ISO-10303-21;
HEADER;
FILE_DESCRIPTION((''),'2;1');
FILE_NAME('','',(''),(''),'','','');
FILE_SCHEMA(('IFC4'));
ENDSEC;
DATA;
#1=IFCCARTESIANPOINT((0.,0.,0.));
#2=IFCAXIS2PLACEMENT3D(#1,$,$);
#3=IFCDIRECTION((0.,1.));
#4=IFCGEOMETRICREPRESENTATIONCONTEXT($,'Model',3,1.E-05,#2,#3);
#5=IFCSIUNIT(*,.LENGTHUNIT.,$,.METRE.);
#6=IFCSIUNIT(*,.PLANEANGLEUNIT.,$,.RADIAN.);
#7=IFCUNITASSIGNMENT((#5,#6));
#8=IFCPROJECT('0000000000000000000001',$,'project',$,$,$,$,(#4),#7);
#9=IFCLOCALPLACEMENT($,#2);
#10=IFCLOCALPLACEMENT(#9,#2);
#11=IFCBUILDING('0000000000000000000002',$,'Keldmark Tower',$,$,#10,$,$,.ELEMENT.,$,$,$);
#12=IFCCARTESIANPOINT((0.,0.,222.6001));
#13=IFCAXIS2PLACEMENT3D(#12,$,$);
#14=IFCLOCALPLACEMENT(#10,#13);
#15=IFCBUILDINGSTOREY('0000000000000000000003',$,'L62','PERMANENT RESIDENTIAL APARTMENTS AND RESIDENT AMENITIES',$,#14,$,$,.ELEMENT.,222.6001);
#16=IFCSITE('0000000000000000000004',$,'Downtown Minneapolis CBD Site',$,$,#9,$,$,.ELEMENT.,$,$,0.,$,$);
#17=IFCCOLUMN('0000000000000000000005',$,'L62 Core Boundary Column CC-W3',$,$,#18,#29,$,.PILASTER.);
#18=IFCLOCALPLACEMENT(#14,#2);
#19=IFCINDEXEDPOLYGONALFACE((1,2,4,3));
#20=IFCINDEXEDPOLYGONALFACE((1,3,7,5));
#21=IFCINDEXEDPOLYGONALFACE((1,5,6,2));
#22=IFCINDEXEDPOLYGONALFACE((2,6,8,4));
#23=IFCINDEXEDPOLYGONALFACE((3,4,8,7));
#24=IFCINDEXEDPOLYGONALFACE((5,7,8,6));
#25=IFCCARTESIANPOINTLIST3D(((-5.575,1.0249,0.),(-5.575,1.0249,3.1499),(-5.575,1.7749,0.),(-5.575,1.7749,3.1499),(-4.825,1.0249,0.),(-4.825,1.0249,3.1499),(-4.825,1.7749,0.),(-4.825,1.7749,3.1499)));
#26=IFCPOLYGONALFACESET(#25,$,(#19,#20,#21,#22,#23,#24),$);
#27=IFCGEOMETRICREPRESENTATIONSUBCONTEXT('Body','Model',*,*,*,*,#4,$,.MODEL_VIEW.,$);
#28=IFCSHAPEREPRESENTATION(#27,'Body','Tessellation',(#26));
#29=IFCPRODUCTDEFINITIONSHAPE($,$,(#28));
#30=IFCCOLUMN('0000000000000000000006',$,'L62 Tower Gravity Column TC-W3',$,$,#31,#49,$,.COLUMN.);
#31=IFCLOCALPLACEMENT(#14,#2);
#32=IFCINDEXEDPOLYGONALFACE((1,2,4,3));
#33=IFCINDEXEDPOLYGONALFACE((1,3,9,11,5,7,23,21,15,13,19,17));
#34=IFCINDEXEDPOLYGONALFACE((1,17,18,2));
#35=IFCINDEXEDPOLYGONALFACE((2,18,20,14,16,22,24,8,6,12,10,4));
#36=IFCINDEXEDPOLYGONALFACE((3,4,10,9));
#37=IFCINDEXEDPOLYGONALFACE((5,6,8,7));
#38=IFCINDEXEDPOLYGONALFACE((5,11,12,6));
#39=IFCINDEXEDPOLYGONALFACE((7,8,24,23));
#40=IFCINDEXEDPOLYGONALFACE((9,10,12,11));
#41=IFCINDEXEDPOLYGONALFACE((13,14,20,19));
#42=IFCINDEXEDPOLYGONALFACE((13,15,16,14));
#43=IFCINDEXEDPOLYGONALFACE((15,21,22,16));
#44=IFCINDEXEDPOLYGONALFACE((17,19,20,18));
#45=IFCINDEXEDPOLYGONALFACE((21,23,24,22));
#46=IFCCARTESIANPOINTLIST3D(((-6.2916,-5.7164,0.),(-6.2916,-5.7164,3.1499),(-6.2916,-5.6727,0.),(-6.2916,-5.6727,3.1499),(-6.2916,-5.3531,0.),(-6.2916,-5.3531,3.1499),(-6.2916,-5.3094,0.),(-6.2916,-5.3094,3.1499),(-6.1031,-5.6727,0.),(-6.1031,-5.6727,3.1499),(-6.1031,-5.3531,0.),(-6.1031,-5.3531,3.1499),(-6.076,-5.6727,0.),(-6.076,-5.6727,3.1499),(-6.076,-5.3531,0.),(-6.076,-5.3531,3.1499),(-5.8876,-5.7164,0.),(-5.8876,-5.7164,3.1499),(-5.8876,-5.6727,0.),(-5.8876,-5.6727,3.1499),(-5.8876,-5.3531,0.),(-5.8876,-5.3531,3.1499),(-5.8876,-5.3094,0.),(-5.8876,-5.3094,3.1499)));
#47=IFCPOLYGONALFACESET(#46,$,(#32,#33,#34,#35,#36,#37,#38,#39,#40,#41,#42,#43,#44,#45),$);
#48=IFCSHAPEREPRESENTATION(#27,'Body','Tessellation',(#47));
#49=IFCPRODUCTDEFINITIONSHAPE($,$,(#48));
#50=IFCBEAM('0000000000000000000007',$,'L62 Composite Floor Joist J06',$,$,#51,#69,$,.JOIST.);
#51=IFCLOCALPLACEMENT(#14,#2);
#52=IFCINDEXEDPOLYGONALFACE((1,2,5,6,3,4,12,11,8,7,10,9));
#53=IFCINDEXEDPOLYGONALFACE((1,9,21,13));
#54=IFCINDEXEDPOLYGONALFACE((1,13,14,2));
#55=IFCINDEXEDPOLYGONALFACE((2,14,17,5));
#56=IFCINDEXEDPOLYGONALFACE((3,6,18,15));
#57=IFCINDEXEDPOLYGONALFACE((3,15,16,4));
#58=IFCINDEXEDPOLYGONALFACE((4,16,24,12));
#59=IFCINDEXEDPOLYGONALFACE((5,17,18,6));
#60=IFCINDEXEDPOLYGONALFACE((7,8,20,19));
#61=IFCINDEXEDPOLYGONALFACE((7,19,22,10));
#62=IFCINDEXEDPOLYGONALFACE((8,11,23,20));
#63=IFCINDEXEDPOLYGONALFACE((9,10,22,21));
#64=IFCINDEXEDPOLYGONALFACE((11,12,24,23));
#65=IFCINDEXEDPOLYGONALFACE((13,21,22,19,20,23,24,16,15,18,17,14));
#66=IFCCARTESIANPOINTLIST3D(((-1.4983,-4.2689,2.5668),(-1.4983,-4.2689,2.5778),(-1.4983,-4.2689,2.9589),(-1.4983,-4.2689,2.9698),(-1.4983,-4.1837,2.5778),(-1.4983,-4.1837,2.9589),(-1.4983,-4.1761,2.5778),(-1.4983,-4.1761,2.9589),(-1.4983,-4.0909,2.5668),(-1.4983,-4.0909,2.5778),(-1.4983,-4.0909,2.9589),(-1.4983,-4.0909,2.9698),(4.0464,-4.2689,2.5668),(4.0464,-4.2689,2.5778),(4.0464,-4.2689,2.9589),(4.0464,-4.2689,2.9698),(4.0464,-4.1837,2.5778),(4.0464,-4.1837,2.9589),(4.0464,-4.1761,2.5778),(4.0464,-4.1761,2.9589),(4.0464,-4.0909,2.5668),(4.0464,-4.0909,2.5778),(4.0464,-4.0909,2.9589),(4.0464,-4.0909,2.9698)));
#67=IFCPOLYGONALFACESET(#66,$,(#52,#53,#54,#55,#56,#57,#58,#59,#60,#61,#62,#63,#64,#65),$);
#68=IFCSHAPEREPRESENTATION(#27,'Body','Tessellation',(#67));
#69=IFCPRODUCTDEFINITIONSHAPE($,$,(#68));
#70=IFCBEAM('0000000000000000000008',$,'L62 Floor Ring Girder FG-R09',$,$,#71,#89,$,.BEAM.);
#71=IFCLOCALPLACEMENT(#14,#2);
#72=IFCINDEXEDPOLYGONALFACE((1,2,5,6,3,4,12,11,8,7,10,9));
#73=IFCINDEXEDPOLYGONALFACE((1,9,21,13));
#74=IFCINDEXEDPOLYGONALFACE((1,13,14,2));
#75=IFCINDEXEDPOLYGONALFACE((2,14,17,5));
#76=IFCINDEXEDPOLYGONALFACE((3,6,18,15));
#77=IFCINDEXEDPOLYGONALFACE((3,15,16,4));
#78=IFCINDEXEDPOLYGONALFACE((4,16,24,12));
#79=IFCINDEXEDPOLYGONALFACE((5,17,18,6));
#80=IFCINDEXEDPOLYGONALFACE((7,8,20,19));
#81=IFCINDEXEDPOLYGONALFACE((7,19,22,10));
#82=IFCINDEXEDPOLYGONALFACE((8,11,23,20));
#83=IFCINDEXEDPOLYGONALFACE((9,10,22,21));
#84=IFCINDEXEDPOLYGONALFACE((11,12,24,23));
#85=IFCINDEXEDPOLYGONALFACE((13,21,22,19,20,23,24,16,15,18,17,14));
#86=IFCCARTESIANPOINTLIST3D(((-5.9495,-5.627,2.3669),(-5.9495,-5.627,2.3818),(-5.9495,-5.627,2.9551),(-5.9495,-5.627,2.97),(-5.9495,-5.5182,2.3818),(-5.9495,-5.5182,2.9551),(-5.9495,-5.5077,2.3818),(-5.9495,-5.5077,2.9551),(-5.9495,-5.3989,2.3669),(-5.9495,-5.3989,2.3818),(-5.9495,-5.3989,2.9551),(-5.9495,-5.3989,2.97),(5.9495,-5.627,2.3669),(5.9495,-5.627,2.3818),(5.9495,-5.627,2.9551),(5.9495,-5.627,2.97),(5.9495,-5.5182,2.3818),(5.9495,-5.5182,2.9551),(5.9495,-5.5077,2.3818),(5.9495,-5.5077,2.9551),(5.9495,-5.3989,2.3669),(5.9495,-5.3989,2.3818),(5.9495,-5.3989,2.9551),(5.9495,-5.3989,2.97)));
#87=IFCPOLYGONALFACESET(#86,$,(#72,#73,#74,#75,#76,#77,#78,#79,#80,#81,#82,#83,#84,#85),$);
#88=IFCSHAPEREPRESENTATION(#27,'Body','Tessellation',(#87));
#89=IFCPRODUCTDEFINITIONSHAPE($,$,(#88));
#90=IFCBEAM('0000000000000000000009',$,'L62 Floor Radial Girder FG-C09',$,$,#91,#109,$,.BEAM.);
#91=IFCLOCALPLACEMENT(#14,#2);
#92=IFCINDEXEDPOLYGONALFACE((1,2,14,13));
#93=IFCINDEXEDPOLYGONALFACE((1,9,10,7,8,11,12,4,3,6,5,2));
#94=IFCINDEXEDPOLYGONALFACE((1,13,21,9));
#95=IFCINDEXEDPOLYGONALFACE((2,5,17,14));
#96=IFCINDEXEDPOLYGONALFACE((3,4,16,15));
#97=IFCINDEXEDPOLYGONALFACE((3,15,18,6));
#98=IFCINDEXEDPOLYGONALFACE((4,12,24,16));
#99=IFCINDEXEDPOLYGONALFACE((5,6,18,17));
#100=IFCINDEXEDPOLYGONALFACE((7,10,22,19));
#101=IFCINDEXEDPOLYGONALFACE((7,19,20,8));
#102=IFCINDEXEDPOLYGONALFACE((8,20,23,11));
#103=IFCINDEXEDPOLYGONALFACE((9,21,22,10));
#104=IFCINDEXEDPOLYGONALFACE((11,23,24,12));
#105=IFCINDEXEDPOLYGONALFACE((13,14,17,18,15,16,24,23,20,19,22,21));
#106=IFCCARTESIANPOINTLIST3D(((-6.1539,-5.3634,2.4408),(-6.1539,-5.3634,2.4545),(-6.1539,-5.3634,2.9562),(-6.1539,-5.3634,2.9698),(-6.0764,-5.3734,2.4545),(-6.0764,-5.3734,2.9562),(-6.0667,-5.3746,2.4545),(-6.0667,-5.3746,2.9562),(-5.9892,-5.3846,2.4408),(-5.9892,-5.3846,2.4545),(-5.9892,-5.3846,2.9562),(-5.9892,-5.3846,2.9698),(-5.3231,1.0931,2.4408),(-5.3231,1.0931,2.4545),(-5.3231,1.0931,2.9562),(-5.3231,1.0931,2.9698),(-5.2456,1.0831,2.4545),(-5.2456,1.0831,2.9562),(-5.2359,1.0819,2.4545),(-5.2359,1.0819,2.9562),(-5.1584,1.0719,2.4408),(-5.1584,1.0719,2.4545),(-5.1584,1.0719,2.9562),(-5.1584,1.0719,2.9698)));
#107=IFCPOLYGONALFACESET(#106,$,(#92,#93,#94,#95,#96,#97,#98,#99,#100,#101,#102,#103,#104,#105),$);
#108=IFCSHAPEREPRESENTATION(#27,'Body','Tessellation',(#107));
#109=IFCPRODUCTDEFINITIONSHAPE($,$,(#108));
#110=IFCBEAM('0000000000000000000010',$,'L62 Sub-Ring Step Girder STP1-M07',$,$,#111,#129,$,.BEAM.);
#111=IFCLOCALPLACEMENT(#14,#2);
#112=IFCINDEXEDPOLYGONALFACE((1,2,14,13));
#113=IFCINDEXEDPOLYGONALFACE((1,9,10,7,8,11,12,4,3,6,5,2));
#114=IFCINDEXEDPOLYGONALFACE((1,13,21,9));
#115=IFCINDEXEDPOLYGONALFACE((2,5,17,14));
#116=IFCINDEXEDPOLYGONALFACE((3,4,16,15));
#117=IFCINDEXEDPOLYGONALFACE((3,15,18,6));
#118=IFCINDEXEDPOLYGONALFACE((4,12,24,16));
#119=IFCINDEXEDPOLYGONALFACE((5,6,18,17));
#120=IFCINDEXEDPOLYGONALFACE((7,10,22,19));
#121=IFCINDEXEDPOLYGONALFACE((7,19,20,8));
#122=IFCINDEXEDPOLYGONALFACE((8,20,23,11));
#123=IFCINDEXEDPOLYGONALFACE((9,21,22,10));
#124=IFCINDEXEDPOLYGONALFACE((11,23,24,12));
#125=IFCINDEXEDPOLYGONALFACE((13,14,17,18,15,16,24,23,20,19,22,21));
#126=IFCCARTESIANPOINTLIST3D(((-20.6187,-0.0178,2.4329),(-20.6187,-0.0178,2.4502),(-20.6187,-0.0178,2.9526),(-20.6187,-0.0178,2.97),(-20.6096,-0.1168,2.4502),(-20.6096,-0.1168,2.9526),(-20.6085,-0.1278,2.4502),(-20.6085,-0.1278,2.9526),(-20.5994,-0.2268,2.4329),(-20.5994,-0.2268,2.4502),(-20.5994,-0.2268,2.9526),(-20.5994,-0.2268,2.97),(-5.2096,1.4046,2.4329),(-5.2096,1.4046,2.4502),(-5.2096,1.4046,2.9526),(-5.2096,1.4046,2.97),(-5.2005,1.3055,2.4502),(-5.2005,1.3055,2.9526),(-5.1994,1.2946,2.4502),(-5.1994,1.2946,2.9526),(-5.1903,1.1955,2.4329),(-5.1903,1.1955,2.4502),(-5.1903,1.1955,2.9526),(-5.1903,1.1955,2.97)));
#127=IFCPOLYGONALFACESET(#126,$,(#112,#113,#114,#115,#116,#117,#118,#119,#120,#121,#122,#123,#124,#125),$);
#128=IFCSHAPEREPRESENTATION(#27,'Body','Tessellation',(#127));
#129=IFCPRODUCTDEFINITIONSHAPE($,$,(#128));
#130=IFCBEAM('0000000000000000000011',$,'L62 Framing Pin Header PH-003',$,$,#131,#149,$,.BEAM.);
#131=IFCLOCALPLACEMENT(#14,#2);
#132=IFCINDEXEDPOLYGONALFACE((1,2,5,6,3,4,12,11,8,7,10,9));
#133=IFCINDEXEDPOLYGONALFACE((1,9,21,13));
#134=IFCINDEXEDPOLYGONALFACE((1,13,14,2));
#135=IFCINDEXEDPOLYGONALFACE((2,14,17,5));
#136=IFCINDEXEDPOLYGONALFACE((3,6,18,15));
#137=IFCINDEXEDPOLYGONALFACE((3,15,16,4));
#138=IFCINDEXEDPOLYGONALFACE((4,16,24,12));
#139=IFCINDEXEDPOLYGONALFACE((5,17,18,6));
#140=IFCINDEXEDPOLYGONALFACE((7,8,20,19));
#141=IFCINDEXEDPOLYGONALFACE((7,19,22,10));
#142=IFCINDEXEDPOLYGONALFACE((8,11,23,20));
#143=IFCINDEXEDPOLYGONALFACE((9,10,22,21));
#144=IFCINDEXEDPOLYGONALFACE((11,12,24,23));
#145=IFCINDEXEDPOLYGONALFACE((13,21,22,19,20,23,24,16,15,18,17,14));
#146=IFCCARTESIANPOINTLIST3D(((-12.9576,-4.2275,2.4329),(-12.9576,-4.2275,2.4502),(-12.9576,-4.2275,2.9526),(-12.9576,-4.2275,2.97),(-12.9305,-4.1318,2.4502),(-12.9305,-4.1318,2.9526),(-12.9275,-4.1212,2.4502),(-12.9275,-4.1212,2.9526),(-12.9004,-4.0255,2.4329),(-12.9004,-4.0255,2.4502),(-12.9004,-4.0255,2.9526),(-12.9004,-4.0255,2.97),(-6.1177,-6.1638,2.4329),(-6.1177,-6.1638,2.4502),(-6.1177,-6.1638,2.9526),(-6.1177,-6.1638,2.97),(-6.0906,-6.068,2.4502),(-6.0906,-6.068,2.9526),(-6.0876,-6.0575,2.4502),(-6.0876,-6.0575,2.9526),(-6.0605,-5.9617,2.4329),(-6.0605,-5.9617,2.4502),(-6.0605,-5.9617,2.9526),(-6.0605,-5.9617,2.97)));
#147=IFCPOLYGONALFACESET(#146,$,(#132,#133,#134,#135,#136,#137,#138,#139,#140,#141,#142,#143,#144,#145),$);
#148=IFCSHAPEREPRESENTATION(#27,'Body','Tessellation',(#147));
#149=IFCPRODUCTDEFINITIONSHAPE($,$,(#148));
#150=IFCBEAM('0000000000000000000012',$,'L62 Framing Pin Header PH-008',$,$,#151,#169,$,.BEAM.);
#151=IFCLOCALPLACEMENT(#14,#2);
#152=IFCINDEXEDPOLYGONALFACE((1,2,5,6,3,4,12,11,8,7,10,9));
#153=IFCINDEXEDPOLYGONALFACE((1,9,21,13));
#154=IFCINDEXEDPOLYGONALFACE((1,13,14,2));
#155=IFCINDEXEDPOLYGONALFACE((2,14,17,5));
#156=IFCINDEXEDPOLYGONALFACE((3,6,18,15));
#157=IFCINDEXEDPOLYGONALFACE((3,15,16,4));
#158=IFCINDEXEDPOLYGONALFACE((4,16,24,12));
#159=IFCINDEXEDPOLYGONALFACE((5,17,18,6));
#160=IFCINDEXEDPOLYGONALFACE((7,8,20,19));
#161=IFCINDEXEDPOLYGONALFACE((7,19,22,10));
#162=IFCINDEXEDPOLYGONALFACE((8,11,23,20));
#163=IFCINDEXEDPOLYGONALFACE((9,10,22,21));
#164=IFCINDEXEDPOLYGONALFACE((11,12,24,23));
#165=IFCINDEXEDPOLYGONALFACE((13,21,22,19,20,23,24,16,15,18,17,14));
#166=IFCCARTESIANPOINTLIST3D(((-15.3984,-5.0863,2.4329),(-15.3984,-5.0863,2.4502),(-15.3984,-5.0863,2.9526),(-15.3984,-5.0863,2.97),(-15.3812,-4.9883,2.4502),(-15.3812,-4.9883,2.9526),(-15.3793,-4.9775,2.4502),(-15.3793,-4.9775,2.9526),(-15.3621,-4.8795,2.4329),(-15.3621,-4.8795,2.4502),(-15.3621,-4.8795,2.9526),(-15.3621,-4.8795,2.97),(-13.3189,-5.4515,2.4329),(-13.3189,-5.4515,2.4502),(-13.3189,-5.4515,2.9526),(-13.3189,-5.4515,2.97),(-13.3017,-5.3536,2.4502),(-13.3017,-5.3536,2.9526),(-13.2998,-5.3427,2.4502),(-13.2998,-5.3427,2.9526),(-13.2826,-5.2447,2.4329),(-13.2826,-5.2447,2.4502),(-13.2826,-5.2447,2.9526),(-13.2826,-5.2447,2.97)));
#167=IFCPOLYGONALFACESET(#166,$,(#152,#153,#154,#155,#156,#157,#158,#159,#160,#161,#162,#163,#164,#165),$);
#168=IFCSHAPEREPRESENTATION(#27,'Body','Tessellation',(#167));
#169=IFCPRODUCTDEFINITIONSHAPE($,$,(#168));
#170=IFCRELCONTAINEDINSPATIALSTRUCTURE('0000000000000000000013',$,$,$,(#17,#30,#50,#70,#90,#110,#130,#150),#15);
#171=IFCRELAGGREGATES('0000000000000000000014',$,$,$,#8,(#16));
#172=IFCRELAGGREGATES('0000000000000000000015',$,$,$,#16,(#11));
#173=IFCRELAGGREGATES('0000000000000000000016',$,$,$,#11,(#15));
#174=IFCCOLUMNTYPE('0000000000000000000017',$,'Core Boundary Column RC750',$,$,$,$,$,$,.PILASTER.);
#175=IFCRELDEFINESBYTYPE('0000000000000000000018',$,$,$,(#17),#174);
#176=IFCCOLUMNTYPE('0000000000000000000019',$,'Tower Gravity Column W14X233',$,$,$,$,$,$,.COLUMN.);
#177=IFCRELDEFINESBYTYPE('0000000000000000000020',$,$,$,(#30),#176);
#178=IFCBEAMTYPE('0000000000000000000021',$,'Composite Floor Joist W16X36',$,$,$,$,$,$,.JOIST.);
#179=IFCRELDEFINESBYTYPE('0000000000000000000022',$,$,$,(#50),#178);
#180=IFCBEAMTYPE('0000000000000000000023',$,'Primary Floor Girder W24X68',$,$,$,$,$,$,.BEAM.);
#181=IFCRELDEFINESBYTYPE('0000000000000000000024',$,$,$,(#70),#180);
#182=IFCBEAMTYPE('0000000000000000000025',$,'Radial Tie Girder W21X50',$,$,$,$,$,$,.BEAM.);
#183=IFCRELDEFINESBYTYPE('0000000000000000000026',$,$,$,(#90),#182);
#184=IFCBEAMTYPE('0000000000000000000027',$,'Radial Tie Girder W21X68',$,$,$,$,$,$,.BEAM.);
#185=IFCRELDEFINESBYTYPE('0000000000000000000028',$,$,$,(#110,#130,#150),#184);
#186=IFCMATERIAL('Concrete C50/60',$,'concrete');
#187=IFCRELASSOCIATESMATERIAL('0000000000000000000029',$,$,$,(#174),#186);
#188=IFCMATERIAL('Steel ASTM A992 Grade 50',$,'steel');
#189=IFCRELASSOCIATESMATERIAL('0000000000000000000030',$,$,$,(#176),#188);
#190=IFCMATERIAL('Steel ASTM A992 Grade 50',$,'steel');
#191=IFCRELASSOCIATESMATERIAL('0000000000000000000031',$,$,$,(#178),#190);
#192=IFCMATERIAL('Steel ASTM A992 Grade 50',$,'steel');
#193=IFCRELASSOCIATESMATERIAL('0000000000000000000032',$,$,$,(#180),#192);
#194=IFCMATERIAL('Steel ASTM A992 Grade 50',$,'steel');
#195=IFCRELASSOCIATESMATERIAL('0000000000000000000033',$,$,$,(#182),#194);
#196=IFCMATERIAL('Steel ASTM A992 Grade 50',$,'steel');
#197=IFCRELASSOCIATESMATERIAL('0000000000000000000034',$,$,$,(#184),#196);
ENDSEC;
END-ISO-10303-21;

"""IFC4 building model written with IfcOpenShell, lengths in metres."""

from ifc_helpers import new_model, si_unit, direction, frame, origin, origin_2d, place, context, subcontext, project, spatial, rectangle, i_section, extrude, material, material_profile, profile_set, type_object, element, save


model = new_model("IFC4")

# Units and contexts
model_context = context("Model", 3, precision=1e-05, world=origin(), true_north=direction((0.0, 1.0)))
body_context = subcontext(model_context, "Body", "Model", "MODEL_VIEW")
ifc_project = project(units=[si_unit("LENGTHUNIT", "METRE"), si_unit("PLANEANGLEUNIT", "RADIAN")], contexts=[model_context])

# Site, building, storey
site_placement = place(None, origin())
site = spatial("IfcSite", under=ifc_project, at=site_placement, Name="Downtown Minneapolis CBD Site", CompositionType="ELEMENT", RefElevation=0.0)
building_placement = place(site_placement, origin())
building = spatial("IfcBuilding", under=site, at=building_placement, Name="Keldmark Tower", CompositionType="ELEMENT")
storey_placement = place(building_placement, frame((0.0, 0.0, 222.6001)))
storey = spatial("IfcBuildingStorey", under=building, at=storey_placement, Name="L62", Description="PERMANENT RESIDENTIAL APARTMENTS AND RESIDENT AMENITIES", CompositionType="ELEMENT", Elevation=222.6001)

# Columns
ifc_material_1 = material(Name="Concrete C50/60", Category="concrete")
ifc_material_profile_1 = material_profile(ifc_material_1, rectangle(XDim=0.75, YDim=0.75, at=origin_2d()), Name="RC750X750")
ifc_profile_set_1 = profile_set([ifc_material_profile_1], Name="Concrete C50/60")
column_type_1 = type_object("IfcColumnType", Name="Core Boundary Column RC750", PredefinedType="PILASTER", material=ifc_profile_set_1)
column_1_placement = place(storey_placement, frame((-5.2, 1.3999, 0.0), z_axis=(0.0, 0.0, 1.0), x_axis=(1.0, 0.0, 0.0)))
element("IfcColumn", 1, at=column_1_placement, inside=storey, type_object=column_type_1, Name="L62 Core Boundary Column CC-W3", PredefinedType="PILASTER", context=body_context, shape_type="SweptSolid", body=[
    extrude(rectangle(XDim=0.75, YDim=0.75, at=origin_2d()), origin(), (0.0, 0.0, 1.0), 3.1499),
])
ifc_material_2 = material(Name="Steel ASTM A992 Grade 50", Category="steel")
ifc_material_profile_2 = material_profile(ifc_material_2, i_section(OverallWidth=0.4041, OverallDepth=0.407, WebThickness=0.0271, FlangeThickness=0.0437, at=origin_2d()), Name="W14X233")
ifc_profile_set_2 = profile_set([ifc_material_profile_2], Name="Steel ASTM A992 Grade 50")
column_type_2 = type_object("IfcColumnType", Name="Tower Gravity Column W14X233", PredefinedType="COLUMN", material=ifc_profile_set_2)
column_2_placement = place(storey_placement, frame((-6.0896, -5.5129, 0.0), z_axis=(0.0, 0.0, 1.0), x_axis=(1.0, 0.0, 0.0)))
element("IfcColumn", 2, at=column_2_placement, inside=storey, type_object=column_type_2, Name="L62 Tower Gravity Column TC-W3", PredefinedType="COLUMN", context=body_context, shape_type="SweptSolid", body=[
    extrude(i_section(OverallWidth=0.4041, OverallDepth=0.407, WebThickness=0.0271, FlangeThickness=0.0437, at=origin_2d()), origin(), (0.0, 0.0, 1.0), 3.1499),
])

# Beams
ifc_material_3 = material(Name="Steel ASTM A992 Grade 50", Category="steel")
ifc_material_profile_3 = material_profile(ifc_material_3, i_section(OverallWidth=0.178, OverallDepth=0.4031, WebThickness=0.0076, FlangeThickness=0.011, at=origin_2d()), Name="W16X36")
ifc_profile_set_3 = profile_set([ifc_material_profile_3], Name="Steel ASTM A992 Grade 50")
beam_type_1 = type_object("IfcBeamType", Name="Composite Floor Joist W16X36", PredefinedType="JOIST", material=ifc_profile_set_3)
beam_1_placement = place(storey_placement, frame((-1.4983, -4.1799, 2.7683), z_axis=(1.0, 0.0, 0.0), x_axis=(0.0, 1.0, 0.0)))
element("IfcBeam", 3, at=beam_1_placement, inside=storey, type_object=beam_type_1, Name="L62 Composite Floor Joist J06", PredefinedType="JOIST", context=body_context, shape_type="SweptSolid", body=[
    extrude(i_section(OverallWidth=0.178, OverallDepth=0.4031, WebThickness=0.0076, FlangeThickness=0.011, at=origin_2d()), origin(), (0.0, 0.0, 1.0), 5.5447),
])
ifc_material_4 = material(Name="Steel ASTM A992 Grade 50", Category="steel")
ifc_material_profile_4 = material_profile(ifc_material_4, i_section(OverallWidth=0.228, OverallDepth=0.603, WebThickness=0.0105, FlangeThickness=0.0149, at=origin_2d()), Name="W24X68")
ifc_profile_set_4 = profile_set([ifc_material_profile_4], Name="Steel ASTM A992 Grade 50")
beam_type_2 = type_object("IfcBeamType", Name="Primary Floor Girder W24X68", PredefinedType="BEAM", material=ifc_profile_set_4)
beam_2_placement = place(storey_placement, frame((-5.9495, -5.5129, 2.6685), z_axis=(1.0, 0.0, 0.0), x_axis=(0.0, 1.0, 0.0)))
element("IfcBeam", 4, at=beam_2_placement, inside=storey, type_object=beam_type_2, Name="L62 Floor Ring Girder FG-R09", PredefinedType="BEAM", context=body_context, shape_type="SweptSolid", body=[
    extrude(i_section(OverallWidth=0.228, OverallDepth=0.603, WebThickness=0.0105, FlangeThickness=0.0149, at=origin_2d()), origin(), (0.0, 0.0, 1.0), 11.8989),
])
ifc_material_5 = material(Name="Steel ASTM A992 Grade 50", Category="steel")
ifc_material_profile_5 = material_profile(ifc_material_5, i_section(OverallWidth=0.166, OverallDepth=0.5291, WebThickness=0.0098, FlangeThickness=0.0137, at=origin_2d()), Name="W21X50")
ifc_profile_set_5 = profile_set([ifc_material_profile_5], Name="Steel ASTM A992 Grade 50")
beam_type_3 = type_object("IfcBeamType", Name="Radial Tie Girder W21X50", PredefinedType="BEAM", material=ifc_profile_set_5)
beam_3_placement = place(storey_placement, frame((-6.0715, -5.374, 2.7053), z_axis=(0.127625, 0.991822, 0.0), x_axis=(-0.991822, 0.127625, 0.0)))
element("IfcBeam", 5, at=beam_3_placement, inside=storey, type_object=beam_type_3, Name="L62 Floor Radial Girder FG-C09", PredefinedType="BEAM", context=body_context, shape_type="SweptSolid", body=[
    extrude(i_section(OverallWidth=0.166, OverallDepth=0.5291, WebThickness=0.0098, FlangeThickness=0.0137, at=origin_2d()), origin(), (0.0, 0.0, 1.0), 6.5098),
])
ifc_material_6 = material(Name="Steel ASTM A992 Grade 50", Category="steel")
ifc_material_profile_6 = material_profile(ifc_material_6, i_section(OverallWidth=0.21, OverallDepth=0.5371, WebThickness=0.011, FlangeThickness=0.0173, at=origin_2d()), Name="W21X68")
ifc_profile_set_6 = profile_set([ifc_material_profile_6], Name="Steel ASTM A992 Grade 50")
beam_type_4 = type_object("IfcBeamType", Name="Radial Tie Girder W21X68", PredefinedType="BEAM", material=ifc_profile_set_6)
beam_4_placement = place(storey_placement, frame((-5.2, 1.3, 2.7014), z_axis=(-0.995767, -0.091915, 0.0), x_axis=(0.091915, -0.995767, 0.0)))
element("IfcBeam", 6, at=beam_4_placement, inside=storey, type_object=beam_type_4, Name="L62 Sub-Ring Step Girder STP1-M07", PredefinedType="BEAM", context=body_context, shape_type="SweptSolid", body=[
    extrude(i_section(OverallWidth=0.21, OverallDepth=0.5371, WebThickness=0.011, FlangeThickness=0.0173, at=origin_2d()), origin(), (0.0, 0.0, 1.0), 15.4746),
])
beam_5_placement = place(storey_placement, frame((-12.929, -4.1265, 2.7014), z_axis=(0.962189, -0.272384, 0.0), x_axis=(0.272384, 0.962189, 0.0)))
element("IfcBeam", 7, at=beam_5_placement, inside=storey, type_object=beam_type_4, Name="L62 Framing Pin Header PH-003", PredefinedType="BEAM", context=body_context, shape_type="SweptSolid", body=[
    extrude(i_section(OverallWidth=0.21, OverallDepth=0.5371, WebThickness=0.011, FlangeThickness=0.0173, at=origin_2d()), origin(), (0.0, 0.0, 1.0), 7.1086),
])
beam_6_placement = place(storey_placement, frame((-13.3008, -5.3481, 2.7014), z_axis=(-0.984925, 0.172981, 0.0), x_axis=(-0.172981, -0.984925, 0.0)))
element("IfcBeam", 8, at=beam_6_placement, inside=storey, type_object=beam_type_4, Name="L62 Framing Pin Header PH-008", PredefinedType="BEAM", context=body_context, shape_type="SweptSolid", body=[
    extrude(i_section(OverallWidth=0.21, OverallDepth=0.5371, WebThickness=0.011, FlangeThickness=0.0173, at=origin_2d()), origin(), (0.0, 0.0, 1.0), 2.1113),
])

save(model, "model.ifc")
